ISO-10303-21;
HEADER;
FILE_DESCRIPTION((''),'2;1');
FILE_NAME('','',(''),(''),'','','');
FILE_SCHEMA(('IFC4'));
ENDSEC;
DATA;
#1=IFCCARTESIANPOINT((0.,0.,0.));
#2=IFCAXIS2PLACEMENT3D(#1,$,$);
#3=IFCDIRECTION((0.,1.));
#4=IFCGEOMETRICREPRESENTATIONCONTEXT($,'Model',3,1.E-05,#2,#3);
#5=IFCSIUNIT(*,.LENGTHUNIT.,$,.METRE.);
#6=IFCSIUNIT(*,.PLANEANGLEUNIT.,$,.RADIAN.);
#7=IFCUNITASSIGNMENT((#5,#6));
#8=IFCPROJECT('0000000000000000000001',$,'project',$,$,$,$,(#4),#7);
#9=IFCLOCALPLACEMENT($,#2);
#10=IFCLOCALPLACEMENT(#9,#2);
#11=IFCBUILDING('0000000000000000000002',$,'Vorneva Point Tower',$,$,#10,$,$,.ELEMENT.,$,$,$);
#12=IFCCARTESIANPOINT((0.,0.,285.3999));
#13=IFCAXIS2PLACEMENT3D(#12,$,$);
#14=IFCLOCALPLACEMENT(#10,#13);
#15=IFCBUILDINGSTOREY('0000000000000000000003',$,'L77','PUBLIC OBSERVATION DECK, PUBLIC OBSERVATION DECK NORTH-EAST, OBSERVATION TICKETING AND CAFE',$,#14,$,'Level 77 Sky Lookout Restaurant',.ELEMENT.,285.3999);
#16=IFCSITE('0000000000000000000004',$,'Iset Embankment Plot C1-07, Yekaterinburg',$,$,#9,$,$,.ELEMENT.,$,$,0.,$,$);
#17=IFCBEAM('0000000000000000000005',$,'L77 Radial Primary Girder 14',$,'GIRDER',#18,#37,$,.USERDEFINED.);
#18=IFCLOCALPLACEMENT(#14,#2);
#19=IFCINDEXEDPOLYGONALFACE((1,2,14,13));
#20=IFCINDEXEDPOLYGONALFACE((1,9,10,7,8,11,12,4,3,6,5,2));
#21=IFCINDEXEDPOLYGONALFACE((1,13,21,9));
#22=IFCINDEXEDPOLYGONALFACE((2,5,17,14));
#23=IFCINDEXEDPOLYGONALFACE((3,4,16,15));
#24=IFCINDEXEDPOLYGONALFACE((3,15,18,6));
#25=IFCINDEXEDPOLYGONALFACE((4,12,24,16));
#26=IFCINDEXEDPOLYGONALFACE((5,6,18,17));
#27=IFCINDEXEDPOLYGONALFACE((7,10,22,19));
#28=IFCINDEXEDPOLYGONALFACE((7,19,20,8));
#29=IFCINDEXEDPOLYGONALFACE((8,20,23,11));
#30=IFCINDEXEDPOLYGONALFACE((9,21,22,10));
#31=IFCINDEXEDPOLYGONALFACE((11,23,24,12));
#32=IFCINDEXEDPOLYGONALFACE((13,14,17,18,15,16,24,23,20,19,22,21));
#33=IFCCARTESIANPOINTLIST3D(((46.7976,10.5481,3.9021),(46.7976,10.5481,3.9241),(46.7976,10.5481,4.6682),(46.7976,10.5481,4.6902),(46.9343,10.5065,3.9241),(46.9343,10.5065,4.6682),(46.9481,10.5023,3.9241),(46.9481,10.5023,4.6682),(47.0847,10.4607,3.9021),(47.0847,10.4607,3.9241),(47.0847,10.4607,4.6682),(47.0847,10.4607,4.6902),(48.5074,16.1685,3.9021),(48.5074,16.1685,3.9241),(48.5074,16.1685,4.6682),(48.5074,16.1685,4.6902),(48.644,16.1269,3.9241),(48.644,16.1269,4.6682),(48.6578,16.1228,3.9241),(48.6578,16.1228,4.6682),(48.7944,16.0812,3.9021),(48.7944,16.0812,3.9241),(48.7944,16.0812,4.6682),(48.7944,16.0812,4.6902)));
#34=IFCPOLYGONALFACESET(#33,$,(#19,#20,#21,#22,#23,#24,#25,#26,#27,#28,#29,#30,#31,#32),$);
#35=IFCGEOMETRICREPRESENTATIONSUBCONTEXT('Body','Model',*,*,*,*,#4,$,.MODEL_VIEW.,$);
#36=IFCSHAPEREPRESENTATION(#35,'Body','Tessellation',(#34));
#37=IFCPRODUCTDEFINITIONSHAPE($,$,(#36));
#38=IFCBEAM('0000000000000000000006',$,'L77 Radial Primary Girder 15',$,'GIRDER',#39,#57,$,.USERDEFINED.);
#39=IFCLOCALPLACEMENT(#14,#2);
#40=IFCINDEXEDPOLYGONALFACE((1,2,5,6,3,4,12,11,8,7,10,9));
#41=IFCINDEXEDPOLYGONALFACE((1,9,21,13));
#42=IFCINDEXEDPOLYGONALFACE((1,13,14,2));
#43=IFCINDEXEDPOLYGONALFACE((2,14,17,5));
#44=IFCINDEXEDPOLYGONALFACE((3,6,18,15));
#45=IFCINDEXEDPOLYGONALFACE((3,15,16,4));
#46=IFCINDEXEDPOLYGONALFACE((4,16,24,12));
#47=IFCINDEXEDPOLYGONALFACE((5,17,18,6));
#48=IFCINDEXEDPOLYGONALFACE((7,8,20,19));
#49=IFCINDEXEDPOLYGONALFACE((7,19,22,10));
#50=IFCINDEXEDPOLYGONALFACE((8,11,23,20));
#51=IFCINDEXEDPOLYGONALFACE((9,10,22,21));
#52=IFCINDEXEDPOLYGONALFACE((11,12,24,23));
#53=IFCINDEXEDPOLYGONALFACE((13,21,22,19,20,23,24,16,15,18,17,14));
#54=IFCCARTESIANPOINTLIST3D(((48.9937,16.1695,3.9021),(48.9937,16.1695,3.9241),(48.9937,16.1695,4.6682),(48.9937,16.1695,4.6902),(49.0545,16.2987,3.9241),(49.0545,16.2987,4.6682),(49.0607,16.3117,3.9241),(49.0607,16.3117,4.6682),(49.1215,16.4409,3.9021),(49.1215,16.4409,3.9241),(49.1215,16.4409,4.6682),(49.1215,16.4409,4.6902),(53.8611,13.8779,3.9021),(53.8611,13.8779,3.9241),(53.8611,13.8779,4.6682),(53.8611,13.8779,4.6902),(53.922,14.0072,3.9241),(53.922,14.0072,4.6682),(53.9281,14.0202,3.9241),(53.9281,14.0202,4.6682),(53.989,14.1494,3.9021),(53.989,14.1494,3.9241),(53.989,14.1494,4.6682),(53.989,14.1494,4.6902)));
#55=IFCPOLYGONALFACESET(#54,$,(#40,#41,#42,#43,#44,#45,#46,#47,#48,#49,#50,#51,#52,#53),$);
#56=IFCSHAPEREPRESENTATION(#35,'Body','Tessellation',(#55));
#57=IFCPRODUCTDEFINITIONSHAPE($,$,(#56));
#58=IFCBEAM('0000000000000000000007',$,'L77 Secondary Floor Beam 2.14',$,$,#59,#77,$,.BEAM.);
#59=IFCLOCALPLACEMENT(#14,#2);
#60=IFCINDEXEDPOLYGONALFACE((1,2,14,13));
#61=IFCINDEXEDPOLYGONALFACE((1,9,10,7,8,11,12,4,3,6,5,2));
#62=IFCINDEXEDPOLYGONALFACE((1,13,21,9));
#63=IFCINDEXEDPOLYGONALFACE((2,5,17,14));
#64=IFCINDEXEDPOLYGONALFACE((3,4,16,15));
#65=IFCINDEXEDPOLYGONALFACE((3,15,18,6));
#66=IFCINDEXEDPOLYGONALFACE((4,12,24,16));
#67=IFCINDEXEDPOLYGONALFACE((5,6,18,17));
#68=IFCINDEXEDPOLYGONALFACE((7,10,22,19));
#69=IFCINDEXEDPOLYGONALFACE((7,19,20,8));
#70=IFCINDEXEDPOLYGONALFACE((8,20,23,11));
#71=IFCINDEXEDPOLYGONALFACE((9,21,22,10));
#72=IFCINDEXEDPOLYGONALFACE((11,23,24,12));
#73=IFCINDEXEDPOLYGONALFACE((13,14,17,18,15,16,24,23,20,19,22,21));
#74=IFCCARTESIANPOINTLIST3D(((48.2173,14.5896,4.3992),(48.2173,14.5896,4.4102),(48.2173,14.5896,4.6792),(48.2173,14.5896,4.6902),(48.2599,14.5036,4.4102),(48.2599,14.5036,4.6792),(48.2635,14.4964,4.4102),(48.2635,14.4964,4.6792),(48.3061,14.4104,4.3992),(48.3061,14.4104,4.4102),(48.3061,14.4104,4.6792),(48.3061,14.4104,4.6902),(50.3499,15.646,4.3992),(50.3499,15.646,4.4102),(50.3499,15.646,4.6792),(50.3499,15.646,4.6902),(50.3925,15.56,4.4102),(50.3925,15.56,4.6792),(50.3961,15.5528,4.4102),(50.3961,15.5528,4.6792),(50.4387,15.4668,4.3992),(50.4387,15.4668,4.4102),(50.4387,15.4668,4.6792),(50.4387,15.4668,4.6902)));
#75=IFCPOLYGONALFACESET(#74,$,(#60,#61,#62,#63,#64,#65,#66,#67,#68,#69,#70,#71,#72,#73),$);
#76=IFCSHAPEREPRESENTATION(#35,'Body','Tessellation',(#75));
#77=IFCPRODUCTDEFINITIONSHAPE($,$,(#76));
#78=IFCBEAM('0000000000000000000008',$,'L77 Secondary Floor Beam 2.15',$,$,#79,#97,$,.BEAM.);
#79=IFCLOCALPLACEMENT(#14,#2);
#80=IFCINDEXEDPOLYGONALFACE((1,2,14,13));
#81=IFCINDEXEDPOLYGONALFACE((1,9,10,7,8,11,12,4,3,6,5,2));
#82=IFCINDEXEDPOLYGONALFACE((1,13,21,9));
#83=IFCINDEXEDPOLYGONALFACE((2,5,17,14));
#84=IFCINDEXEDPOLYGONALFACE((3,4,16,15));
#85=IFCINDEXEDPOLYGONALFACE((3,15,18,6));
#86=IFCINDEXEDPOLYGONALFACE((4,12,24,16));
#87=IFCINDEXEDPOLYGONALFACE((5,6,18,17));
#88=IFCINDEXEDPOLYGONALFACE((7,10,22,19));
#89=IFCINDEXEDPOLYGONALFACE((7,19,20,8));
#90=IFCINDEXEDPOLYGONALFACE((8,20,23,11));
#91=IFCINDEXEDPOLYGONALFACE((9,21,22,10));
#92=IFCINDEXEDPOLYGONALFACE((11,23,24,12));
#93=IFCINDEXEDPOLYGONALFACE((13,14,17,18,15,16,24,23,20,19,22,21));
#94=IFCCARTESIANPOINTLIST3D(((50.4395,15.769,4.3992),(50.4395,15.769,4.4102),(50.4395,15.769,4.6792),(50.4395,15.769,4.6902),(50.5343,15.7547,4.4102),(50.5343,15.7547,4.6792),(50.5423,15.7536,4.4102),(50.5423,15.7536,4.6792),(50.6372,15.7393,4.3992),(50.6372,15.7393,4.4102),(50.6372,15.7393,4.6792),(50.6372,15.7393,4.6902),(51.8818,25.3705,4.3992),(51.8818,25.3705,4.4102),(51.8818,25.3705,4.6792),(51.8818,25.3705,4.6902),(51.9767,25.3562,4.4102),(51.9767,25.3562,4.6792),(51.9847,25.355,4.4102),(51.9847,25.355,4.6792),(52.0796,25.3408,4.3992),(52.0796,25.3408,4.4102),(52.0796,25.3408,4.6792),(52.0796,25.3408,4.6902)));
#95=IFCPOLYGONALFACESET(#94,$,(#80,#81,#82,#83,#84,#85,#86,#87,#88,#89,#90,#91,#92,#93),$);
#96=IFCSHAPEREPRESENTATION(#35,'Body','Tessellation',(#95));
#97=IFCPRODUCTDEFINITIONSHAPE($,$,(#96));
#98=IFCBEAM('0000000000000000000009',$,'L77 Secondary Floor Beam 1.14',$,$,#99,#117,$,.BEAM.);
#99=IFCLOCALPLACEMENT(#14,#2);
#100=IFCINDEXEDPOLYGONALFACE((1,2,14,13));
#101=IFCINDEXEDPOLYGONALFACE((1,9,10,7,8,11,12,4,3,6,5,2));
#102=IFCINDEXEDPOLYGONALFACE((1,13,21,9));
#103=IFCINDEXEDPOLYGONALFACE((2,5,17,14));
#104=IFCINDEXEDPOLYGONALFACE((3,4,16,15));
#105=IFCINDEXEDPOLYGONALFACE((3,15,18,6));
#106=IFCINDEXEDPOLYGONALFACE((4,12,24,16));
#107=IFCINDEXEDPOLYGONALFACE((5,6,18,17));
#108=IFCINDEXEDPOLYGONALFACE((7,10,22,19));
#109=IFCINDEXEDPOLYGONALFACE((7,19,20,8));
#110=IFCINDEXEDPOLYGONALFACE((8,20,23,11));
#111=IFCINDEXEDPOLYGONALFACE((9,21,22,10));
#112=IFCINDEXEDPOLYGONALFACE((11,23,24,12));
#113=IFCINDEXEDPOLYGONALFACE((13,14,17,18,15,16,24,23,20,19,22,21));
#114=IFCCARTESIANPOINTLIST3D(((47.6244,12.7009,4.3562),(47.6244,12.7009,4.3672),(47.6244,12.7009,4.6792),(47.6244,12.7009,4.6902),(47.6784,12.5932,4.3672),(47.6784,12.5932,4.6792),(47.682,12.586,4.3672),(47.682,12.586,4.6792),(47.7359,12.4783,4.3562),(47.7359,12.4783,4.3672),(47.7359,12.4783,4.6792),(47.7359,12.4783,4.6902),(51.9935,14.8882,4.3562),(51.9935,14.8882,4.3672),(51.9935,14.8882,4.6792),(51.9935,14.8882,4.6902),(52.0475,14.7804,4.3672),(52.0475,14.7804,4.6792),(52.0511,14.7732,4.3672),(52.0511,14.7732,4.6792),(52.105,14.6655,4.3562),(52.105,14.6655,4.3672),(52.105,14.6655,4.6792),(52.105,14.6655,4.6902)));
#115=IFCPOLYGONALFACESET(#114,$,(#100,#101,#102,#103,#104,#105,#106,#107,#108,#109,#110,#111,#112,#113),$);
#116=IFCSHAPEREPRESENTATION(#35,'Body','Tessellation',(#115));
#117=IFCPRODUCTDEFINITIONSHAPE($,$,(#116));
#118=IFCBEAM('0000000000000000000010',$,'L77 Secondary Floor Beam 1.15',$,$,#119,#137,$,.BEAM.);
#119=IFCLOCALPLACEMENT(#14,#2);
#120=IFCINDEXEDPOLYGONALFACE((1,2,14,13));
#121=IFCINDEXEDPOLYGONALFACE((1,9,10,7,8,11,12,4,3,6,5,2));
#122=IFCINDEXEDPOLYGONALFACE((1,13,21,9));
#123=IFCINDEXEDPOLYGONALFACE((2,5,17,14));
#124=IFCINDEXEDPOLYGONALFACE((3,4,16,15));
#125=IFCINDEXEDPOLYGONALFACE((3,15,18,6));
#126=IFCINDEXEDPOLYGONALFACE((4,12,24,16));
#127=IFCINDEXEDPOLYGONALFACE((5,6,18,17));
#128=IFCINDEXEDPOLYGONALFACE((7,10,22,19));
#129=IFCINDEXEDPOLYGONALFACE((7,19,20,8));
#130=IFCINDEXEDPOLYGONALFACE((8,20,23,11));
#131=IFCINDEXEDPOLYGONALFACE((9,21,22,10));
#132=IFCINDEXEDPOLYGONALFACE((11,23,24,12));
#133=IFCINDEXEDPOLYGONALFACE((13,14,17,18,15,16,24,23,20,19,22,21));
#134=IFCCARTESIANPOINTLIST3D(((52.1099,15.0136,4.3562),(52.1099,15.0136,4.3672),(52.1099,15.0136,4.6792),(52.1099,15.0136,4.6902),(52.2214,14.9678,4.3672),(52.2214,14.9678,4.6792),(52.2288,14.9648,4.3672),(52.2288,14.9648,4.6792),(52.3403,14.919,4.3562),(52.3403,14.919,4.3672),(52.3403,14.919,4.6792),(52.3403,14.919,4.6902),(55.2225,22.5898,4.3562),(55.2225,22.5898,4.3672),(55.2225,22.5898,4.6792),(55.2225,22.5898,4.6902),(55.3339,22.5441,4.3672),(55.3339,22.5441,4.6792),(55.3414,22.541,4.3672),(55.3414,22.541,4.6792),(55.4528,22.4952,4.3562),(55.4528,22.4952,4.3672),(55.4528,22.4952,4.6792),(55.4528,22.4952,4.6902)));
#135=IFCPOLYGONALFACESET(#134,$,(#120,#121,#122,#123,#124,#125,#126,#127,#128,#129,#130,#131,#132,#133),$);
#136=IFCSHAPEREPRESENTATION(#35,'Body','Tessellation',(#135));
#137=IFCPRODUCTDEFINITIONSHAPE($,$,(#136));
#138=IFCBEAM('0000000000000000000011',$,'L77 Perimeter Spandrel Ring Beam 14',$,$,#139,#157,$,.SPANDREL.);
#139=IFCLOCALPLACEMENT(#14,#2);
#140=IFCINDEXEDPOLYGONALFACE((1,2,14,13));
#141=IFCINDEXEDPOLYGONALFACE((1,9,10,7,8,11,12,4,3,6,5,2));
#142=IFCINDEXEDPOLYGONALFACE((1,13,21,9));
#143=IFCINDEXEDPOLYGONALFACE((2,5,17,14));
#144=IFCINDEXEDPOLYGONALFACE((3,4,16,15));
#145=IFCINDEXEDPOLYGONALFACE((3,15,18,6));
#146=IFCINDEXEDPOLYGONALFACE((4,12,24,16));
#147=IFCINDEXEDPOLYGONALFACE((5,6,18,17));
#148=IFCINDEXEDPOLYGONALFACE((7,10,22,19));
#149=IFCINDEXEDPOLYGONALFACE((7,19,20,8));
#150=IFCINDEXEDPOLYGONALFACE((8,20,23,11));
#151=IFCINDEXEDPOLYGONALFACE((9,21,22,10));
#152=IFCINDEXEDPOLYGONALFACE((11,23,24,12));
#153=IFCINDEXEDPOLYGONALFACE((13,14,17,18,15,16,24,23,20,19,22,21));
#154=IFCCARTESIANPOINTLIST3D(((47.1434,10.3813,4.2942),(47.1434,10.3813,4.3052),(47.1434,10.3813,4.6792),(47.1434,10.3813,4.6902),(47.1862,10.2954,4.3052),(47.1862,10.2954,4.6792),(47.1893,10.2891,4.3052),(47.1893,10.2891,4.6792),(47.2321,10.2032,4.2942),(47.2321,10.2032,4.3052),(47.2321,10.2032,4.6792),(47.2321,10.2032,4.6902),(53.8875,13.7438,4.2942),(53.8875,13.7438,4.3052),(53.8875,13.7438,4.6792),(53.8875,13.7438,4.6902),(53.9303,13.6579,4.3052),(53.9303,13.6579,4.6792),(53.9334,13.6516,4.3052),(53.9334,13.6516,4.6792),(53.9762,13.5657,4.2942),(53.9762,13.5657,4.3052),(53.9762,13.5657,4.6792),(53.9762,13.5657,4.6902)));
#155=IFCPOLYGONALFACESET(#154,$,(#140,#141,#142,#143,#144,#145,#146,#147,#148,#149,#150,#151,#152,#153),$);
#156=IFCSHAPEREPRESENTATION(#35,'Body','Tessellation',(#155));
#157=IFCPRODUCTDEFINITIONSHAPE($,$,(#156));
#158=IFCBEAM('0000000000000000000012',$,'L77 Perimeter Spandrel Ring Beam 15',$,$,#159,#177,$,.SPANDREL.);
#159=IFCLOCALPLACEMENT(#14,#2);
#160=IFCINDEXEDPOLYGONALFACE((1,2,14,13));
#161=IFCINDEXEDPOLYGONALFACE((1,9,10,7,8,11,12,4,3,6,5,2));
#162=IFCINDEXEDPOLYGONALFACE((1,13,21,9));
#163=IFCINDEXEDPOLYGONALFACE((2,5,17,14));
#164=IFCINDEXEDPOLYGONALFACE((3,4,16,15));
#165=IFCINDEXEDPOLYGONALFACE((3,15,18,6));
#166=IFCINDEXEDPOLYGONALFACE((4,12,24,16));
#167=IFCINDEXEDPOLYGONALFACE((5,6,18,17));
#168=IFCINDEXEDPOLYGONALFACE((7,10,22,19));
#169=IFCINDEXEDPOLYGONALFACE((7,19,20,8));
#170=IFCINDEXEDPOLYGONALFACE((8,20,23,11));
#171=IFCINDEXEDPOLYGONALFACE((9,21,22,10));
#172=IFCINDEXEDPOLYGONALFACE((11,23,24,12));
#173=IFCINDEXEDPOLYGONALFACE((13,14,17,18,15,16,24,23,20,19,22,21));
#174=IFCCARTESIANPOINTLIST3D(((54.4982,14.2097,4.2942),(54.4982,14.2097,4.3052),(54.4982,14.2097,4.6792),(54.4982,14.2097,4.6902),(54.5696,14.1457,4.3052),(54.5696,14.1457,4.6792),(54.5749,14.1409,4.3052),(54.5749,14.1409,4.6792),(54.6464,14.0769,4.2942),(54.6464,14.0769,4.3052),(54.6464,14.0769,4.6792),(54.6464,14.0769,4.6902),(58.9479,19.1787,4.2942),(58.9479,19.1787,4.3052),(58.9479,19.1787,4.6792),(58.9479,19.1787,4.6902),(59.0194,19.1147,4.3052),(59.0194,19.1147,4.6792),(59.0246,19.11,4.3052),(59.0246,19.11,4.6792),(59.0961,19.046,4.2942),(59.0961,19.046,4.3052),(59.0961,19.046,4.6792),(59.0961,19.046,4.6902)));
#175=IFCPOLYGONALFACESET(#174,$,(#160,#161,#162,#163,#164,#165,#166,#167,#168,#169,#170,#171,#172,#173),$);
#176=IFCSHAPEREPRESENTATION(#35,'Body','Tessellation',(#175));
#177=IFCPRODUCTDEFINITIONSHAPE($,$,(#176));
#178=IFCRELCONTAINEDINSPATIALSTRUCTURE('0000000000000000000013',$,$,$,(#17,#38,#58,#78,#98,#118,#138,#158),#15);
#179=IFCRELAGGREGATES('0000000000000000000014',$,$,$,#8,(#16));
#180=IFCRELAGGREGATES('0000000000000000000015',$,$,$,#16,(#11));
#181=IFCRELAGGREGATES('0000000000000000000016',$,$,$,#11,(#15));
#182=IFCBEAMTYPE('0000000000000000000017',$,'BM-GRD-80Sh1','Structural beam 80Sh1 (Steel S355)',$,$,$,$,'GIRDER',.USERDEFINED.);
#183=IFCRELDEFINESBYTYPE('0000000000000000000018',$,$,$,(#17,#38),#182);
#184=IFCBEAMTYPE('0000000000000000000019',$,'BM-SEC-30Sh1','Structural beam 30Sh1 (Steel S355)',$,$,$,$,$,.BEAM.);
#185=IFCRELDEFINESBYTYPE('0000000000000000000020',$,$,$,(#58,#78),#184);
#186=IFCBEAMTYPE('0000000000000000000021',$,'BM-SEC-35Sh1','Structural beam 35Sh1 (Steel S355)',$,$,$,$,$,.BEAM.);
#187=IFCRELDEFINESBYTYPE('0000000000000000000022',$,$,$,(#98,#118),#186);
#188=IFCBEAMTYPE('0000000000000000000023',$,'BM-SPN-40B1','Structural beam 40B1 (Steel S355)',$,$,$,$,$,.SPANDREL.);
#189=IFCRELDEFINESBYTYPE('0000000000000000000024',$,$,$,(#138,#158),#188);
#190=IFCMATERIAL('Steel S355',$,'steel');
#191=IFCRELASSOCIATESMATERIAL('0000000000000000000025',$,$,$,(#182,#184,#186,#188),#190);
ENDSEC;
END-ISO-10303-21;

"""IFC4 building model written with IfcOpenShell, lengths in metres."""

from ifc_helpers import new_model, si_unit, direction, frame, origin, origin_2d, place, context, subcontext, project, spatial, i_section, extrude, material, material_profile, profile_set, type_object, element, save


model = new_model("IFC4")

# Units and contexts
model_context = context("Model", 3, precision=1e-05, world=origin(), true_north=direction((0.0, 1.0)))
body_context = subcontext(model_context, "Body", "Model", "MODEL_VIEW")
ifc_project = project(units=[si_unit("LENGTHUNIT", "METRE"), si_unit("PLANEANGLEUNIT", "RADIAN")], contexts=[model_context])

# Site, building, storey
site_placement = place(None, origin())
site = spatial("IfcSite", under=ifc_project, at=site_placement, Name="Iset Embankment Plot C1-07, Yekaterinburg", CompositionType="ELEMENT", RefElevation=0.0)
building_placement = place(site_placement, origin())
building = spatial("IfcBuilding", under=site, at=building_placement, Name="Vorneva Point Tower", CompositionType="ELEMENT")
storey_placement = place(building_placement, frame((0.0, 0.0, 285.3999)))
storey = spatial("IfcBuildingStorey", under=building, at=storey_placement, Name="L77", Description="PUBLIC OBSERVATION DECK, PUBLIC OBSERVATION DECK NORTH-EAST, OBSERVATION TICKETING AND CAFE", LongName="Level 77 Sky Lookout Restaurant", CompositionType="ELEMENT", Elevation=285.3999)

# Beams
ifc_material_1 = material(Name="Steel S355", Category="steel")
ifc_material_profile_1 = material_profile(ifc_material_1, i_section(OverallWidth=0.3, OverallDepth=0.7881, WebThickness=0.0144, FlangeThickness=0.022, at=origin_2d()), Name="80Sh1")
ifc_profile_set_1 = profile_set([ifc_material_profile_1], Name="Steel S355")
beam_type_1 = type_object("IfcBeamType", Name="BM-GRD-80Sh1", Description="Structural beam 80Sh1 (Steel S355)", ElementType="GIRDER", PredefinedType="USERDEFINED", material=ifc_profile_set_1)
beam_1_placement = place(storey_placement, frame((46.9412, 10.5044, 4.2961), z_axis=(0.291033, 0.956713, 0.0), x_axis=(-0.956713, 0.291033, 0.0)))
element("IfcBeam", 1, at=beam_1_placement, inside=storey, type_object=beam_type_1, Name="L77 Radial Primary Girder 14", ObjectType="GIRDER", PredefinedType="USERDEFINED", context=body_context, shape_type="SweptSolid", body=[
    extrude(i_section(OverallWidth=0.3, OverallDepth=0.7881, WebThickness=0.0144, FlangeThickness=0.022, at=origin_2d()), origin(), (0.0, 0.0, 1.0), 5.8748),
])
beam_2_placement = place(storey_placement, frame((53.925, 14.0137, 4.2961), z_axis=(-0.904751, 0.425941, 0.0), x_axis=(-0.425941, -0.904751, 0.0)))
element("IfcBeam", 2, at=beam_2_placement, inside=storey, type_object=beam_type_1, Name="L77 Radial Primary Girder 15", ObjectType="GIRDER", PredefinedType="USERDEFINED", context=body_context, shape_type="SweptSolid", body=[
    extrude(i_section(OverallWidth=0.3, OverallDepth=0.7881, WebThickness=0.0144, FlangeThickness=0.022, at=origin_2d()), origin(), (0.0, 0.0, 1.0), 5.3799),
])
ifc_material_profile_2 = material_profile(ifc_material_1, i_section(OverallWidth=0.2, OverallDepth=0.291, WebThickness=0.0081, FlangeThickness=0.011, at=origin_2d()), Name="30Sh1")
ifc_profile_set_2 = profile_set([ifc_material_profile_2], Name="Steel S355")
beam_type_2 = type_object("IfcBeamType", Name="BM-SEC-30Sh1", Description="Structural beam 30Sh1 (Steel S355)", PredefinedType="BEAM", material=ifc_profile_set_2)
beam_3_placement = place(storey_placement, frame((48.2617, 14.5, 4.5447), z_axis=(0.896083, 0.443887, 0.0), x_axis=(-0.443887, 0.896083, 0.0)))
element("IfcBeam", 3, at=beam_3_placement, inside=storey, type_object=beam_type_2, Name="L77 Secondary Floor Beam 2.14", PredefinedType="BEAM", context=body_context, shape_type="SweptSolid", body=[
    extrude(i_section(OverallWidth=0.2, OverallDepth=0.291, WebThickness=0.0081, FlangeThickness=0.011, at=origin_2d()), origin(), (0.0, 0.0, 1.0), 2.3799),
])
beam_4_placement = place(storey_placement, frame((50.5383, 15.7542, 4.5447), z_axis=(0.148557, 0.988904, 0.0), x_axis=(-0.988904, 0.148557, 0.0)))
element("IfcBeam", 4, at=beam_4_placement, inside=storey, type_object=beam_type_2, Name="L77 Secondary Floor Beam 2.15", PredefinedType="BEAM", context=body_context, shape_type="SweptSolid", body=[
    extrude(i_section(OverallWidth=0.2, OverallDepth=0.291, WebThickness=0.0081, FlangeThickness=0.011, at=origin_2d()), origin(), (0.0, 0.0, 1.0), 9.7092),
])
ifc_material_profile_3 = material_profile(ifc_material_1, i_section(OverallWidth=0.249, OverallDepth=0.334, WebThickness=0.0081, FlangeThickness=0.011, at=origin_2d()), Name="35Sh1")
ifc_profile_set_3 = profile_set([ifc_material_profile_3], Name="Steel S355")
beam_type_3 = type_object("IfcBeamType", Name="BM-SEC-35Sh1", Description="Structural beam 35Sh1 (Steel S355)", PredefinedType="BEAM", material=ifc_profile_set_3)
beam_5_placement = place(storey_placement, frame((47.6802, 12.5896, 4.5232), z_axis=(0.894207, 0.447653, 0.0), x_axis=(-0.447653, 0.894207, 0.0)))
element("IfcBeam", 5, at=beam_5_placement, inside=storey, type_object=beam_type_3, Name="L77 Secondary Floor Beam 1.14", PredefinedType="BEAM", context=body_context, shape_type="SweptSolid", body=[
    extrude(i_section(OverallWidth=0.249, OverallDepth=0.334, WebThickness=0.0081, FlangeThickness=0.011, at=origin_2d()), origin(), (0.0, 0.0, 1.0), 4.886),
])
beam_6_placement = place(storey_placement, frame((52.2251, 14.9663, 4.5232), z_axis=(0.380014, 0.924981, 0.0), x_axis=(-0.924981, 0.380014, 0.0)))
element("IfcBeam", 6, at=beam_6_placement, inside=storey, type_object=beam_type_3, Name="L77 Secondary Floor Beam 1.15", PredefinedType="BEAM", context=body_context, shape_type="SweptSolid", body=[
    extrude(i_section(OverallWidth=0.249, OverallDepth=0.334, WebThickness=0.0081, FlangeThickness=0.011, at=origin_2d()), origin(), (0.0, 0.0, 1.0), 8.1907),
])
ifc_material_profile_4 = material_profile(ifc_material_1, i_section(OverallWidth=0.199, OverallDepth=0.396, WebThickness=0.0071, FlangeThickness=0.011, at=origin_2d()), Name="40B1")
ifc_profile_set_4 = profile_set([ifc_material_profile_4], Name="Steel S355")
beam_type_4 = type_object("IfcBeamType", Name="BM-SPN-40B1", Description="Structural beam 40B1 (Steel S355)", PredefinedType="SPANDREL", material=ifc_profile_set_4)
beam_7_placement = place(storey_placement, frame((47.1877, 10.2922, 4.4922), z_axis=(0.894932, 0.446203, 0.0), x_axis=(-0.446203, 0.894932, 0.0)))
element("IfcBeam", 7, at=beam_7_placement, inside=storey, type_object=beam_type_4, Name="L77 Perimeter Spandrel Ring Beam 14", PredefinedType="SPANDREL", context=body_context, shape_type="SweptSolid", body=[
    extrude(i_section(OverallWidth=0.199, OverallDepth=0.396, WebThickness=0.0071, FlangeThickness=0.011, at=origin_2d()), origin(), (0.0, 0.0, 1.0), 7.5359),
])
beam_8_placement = place(storey_placement, frame((54.5723, 14.1433, 4.4922), z_axis=(0.667108, 0.744961, 0.0), x_axis=(-0.744961, 0.667108, 0.0)))
element("IfcBeam", 8, at=beam_8_placement, inside=storey, type_object=beam_type_4, Name="L77 Perimeter Spandrel Ring Beam 15", PredefinedType="SPANDREL", context=body_context, shape_type="SweptSolid", body=[
    extrude(i_section(OverallWidth=0.199, OverallDepth=0.396, WebThickness=0.0071, FlangeThickness=0.011, at=origin_2d()), origin(), (0.0, 0.0, 1.0), 6.6702),
])

save(model, "model.ifc")
